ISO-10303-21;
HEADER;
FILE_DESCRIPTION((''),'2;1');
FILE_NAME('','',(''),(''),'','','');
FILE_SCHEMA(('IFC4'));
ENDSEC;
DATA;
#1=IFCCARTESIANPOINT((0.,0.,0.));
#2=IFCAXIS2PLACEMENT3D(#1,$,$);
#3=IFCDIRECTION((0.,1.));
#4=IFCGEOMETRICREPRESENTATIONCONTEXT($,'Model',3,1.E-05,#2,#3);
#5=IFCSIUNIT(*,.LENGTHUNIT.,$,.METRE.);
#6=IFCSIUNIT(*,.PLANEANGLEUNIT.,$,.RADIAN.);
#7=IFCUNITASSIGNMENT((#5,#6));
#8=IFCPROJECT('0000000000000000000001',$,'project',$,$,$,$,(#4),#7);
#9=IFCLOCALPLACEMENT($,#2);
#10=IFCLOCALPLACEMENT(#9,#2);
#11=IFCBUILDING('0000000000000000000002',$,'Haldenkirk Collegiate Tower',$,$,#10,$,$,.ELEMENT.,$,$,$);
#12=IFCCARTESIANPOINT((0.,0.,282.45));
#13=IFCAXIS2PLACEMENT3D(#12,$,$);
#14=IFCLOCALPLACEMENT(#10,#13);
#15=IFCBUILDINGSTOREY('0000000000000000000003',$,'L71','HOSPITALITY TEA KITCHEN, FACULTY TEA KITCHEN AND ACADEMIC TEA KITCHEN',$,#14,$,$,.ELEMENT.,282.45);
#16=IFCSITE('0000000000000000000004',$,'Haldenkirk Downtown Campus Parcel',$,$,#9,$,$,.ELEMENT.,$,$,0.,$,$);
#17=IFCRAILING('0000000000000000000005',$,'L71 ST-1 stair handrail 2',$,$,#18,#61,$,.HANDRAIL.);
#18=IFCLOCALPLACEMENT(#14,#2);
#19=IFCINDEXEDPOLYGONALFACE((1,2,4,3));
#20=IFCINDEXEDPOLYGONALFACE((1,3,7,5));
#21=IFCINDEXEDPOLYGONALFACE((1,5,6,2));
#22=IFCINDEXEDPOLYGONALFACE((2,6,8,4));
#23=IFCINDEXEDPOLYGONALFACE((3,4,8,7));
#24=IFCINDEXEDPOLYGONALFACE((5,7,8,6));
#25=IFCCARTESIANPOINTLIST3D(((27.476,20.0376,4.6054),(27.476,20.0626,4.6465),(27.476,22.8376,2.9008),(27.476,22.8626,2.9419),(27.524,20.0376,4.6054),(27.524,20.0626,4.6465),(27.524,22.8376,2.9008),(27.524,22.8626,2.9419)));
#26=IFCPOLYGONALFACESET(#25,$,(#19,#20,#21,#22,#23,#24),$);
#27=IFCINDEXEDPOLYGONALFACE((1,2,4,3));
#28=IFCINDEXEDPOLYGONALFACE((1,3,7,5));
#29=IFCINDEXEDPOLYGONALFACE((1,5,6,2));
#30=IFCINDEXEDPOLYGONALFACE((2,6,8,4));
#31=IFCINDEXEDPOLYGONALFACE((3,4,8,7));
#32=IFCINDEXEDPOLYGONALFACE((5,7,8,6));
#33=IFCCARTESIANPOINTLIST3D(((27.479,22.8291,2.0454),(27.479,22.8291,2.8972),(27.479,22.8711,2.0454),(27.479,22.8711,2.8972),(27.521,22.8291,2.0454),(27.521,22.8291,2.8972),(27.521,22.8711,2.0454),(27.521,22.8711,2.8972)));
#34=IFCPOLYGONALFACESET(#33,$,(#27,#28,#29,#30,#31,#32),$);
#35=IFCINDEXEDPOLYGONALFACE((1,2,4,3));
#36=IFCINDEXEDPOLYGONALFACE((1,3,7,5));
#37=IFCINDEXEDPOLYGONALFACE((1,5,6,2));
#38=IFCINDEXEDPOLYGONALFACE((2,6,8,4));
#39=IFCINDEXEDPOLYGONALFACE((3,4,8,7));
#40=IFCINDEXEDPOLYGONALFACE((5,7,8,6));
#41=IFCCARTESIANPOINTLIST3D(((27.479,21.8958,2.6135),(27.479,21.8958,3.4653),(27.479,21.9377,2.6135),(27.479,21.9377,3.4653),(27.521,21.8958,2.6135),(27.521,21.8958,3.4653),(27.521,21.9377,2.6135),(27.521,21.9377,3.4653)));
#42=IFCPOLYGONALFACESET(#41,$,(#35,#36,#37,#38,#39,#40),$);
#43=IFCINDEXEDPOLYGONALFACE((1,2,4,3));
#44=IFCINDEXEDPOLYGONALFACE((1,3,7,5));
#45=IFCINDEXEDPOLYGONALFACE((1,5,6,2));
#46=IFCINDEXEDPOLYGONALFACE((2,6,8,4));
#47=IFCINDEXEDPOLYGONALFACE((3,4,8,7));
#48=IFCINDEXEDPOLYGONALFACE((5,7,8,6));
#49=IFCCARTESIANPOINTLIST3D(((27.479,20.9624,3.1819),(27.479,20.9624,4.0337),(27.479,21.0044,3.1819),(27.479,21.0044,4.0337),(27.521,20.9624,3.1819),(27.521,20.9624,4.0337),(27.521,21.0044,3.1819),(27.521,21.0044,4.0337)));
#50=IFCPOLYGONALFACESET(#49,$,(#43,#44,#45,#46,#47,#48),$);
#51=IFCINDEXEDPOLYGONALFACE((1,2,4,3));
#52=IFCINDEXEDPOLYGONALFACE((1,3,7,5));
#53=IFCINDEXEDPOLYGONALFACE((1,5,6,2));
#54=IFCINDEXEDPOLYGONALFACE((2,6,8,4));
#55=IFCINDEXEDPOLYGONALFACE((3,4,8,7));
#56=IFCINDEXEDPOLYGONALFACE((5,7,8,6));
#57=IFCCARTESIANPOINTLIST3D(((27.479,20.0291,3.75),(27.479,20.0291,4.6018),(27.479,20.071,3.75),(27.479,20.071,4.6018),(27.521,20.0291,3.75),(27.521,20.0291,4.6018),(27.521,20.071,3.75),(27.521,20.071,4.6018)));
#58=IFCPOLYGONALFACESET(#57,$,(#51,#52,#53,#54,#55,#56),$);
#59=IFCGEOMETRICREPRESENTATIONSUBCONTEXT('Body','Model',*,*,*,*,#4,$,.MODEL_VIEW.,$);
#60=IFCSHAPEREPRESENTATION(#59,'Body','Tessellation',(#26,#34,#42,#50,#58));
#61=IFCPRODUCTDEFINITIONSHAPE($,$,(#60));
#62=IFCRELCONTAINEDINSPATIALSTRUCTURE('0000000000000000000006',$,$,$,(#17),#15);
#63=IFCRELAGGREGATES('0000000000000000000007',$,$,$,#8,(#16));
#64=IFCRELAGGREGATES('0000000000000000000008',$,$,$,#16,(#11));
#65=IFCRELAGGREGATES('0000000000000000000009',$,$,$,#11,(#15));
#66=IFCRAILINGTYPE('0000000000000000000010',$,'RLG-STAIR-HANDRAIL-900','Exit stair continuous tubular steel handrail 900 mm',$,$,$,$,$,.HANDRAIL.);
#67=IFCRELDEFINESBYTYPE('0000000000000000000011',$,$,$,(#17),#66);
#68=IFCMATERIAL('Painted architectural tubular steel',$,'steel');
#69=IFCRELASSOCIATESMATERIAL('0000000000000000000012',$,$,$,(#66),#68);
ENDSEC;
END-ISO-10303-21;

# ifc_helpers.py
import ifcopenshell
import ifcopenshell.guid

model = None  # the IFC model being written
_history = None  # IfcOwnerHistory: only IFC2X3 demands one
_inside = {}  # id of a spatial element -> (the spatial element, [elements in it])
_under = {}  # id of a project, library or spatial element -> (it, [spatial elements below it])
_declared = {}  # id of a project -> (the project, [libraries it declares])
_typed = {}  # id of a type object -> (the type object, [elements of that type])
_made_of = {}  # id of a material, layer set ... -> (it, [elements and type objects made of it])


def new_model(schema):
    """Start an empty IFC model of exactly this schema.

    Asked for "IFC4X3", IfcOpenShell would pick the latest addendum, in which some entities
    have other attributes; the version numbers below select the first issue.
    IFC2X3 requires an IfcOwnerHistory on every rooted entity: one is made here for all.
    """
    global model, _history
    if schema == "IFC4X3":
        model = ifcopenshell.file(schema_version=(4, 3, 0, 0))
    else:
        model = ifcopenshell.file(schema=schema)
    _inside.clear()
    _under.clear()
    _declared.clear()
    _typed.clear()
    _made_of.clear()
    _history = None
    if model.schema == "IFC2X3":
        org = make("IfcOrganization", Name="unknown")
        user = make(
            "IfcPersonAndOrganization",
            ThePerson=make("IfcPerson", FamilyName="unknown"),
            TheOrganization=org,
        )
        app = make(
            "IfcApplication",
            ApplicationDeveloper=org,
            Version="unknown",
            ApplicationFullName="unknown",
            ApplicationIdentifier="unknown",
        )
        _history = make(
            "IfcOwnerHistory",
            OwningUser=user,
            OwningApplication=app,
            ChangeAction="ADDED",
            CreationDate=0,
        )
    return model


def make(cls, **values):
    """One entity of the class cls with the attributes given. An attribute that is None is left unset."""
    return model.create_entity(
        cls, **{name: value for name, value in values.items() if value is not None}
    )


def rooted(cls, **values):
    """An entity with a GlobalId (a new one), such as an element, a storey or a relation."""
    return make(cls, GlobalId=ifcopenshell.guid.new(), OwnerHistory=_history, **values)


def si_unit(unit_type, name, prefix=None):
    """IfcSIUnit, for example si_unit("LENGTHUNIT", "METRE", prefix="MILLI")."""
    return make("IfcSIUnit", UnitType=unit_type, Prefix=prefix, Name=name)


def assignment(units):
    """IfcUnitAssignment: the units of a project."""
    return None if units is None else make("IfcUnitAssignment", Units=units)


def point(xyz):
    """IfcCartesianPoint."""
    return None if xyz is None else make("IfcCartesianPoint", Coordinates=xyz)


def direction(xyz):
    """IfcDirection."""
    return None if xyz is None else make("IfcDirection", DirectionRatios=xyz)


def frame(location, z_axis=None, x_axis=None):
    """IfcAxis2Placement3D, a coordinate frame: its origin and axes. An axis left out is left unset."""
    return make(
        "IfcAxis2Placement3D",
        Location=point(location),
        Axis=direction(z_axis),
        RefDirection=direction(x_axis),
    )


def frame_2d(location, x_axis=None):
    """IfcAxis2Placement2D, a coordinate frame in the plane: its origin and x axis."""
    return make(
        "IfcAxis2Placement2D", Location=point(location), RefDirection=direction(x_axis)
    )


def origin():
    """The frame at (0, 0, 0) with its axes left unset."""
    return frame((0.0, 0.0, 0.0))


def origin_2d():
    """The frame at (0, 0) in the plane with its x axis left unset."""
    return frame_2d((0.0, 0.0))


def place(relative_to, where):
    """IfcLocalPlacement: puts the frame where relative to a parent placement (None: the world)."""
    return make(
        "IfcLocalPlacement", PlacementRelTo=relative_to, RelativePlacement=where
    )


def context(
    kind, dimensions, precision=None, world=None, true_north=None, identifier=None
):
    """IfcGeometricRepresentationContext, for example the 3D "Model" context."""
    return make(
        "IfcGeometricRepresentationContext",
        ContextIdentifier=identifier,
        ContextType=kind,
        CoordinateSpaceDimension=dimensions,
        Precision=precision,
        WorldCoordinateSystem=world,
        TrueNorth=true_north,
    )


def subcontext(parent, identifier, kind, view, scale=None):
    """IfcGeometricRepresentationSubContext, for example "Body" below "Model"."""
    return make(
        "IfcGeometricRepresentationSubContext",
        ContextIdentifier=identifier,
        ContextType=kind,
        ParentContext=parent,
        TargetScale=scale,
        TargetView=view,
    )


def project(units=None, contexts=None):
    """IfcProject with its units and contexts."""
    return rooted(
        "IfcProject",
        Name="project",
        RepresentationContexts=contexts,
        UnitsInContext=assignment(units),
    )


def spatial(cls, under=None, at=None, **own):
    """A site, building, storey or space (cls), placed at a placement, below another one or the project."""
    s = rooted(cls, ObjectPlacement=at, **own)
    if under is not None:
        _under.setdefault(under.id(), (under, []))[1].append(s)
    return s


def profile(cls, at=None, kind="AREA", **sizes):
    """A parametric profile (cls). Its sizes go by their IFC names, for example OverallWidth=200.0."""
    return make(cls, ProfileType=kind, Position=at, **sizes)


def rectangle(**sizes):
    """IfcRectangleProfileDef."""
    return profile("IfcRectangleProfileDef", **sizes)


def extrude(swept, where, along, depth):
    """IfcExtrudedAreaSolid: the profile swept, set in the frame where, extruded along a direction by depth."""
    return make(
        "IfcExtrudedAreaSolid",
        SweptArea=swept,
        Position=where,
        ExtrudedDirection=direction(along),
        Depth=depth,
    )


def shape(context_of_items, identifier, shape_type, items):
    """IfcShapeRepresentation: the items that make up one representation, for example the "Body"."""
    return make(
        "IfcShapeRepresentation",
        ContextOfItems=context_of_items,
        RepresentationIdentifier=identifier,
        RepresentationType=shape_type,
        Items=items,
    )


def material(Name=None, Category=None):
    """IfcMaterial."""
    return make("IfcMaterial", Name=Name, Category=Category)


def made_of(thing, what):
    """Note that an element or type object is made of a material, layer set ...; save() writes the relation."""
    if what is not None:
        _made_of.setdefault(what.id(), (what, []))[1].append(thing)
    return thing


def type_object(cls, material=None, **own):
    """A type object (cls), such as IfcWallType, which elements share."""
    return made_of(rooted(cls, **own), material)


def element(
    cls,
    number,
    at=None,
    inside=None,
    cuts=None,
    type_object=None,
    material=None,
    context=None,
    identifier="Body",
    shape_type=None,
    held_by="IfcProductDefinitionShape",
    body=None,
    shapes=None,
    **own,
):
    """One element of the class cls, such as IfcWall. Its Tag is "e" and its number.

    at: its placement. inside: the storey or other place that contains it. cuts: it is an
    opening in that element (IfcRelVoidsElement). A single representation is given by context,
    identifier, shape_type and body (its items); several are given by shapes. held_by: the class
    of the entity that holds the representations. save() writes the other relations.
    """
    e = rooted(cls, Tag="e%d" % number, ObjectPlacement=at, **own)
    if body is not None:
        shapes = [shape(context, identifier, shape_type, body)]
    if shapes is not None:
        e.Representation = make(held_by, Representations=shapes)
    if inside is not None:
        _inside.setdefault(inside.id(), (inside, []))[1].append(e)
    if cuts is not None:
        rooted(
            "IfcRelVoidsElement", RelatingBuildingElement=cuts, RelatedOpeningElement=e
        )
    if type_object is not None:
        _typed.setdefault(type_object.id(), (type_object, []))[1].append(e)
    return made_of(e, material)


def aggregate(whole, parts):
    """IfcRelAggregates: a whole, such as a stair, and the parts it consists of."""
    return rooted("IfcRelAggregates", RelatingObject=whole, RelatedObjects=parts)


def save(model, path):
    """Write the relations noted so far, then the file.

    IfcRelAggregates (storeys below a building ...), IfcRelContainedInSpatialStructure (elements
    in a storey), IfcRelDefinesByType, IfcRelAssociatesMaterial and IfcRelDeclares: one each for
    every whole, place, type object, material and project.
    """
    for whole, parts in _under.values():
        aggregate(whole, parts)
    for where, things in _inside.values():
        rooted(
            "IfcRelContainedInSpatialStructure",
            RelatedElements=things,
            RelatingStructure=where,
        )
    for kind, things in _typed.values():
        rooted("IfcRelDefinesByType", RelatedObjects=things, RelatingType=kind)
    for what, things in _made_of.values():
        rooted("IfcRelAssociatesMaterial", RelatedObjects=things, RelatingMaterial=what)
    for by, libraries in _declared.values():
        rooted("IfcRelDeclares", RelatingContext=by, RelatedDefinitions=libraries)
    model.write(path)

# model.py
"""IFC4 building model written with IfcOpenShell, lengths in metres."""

from ifc_helpers import new_model, si_unit, direction, frame, origin, origin_2d, place, context, subcontext, project, spatial, rectangle, extrude, material, type_object, element, save


model = new_model("IFC4")

# Units and contexts
model_context = context("Model", 3, precision=1e-05, world=origin(), true_north=direction((0.0, 1.0)))
body_context = subcontext(model_context, "Body", "Model", "MODEL_VIEW")
ifc_project = project(units=[si_unit("LENGTHUNIT", "METRE"), si_unit("PLANEANGLEUNIT", "RADIAN")], contexts=[model_context])

# Site, building, storey
site_placement = place(None, origin())
site = spatial("IfcSite", under=ifc_project, at=site_placement, Name="Haldenkirk Downtown Campus Parcel", CompositionType="ELEMENT", RefElevation=0.0)
building_placement = place(site_placement, origin())
building = spatial("IfcBuilding", under=site, at=building_placement, Name="Haldenkirk Collegiate Tower", CompositionType="ELEMENT")
storey_placement = place(building_placement, frame((0.0, 0.0, 282.45)))
storey = spatial("IfcBuildingStorey", under=building, at=storey_placement, Name="L71", Description="HOSPITALITY TEA KITCHEN, FACULTY TEA KITCHEN AND ACADEMIC TEA KITCHEN", CompositionType="ELEMENT", Elevation=282.45)

# Railing
ifc_material_1 = material(Name="Painted architectural tubular steel", Category="steel")
railing_type_1 = type_object("IfcRailingType", Name="RLG-STAIR-HANDRAIL-900", Description="Exit stair continuous tubular steel handrail 900 mm", PredefinedType="HANDRAIL", material=ifc_material_1)
railing_1_placement = place(storey_placement, frame((27.5, 22.8501, 2.0454)))
element("IfcRailing", 1, at=railing_1_placement, inside=storey, type_object=railing_type_1, Name="L71 ST-1 stair handrail 2", PredefinedType="HANDRAIL", context=body_context, shape_type="SweptSolid", body=[
    extrude(rectangle(XDim=0.0481, YDim=0.0481, at=origin_2d()), frame((0.0, 0.0, 0.876), z_axis=(0.0, -0.85417, 0.519994), x_axis=(1.0, 0.0, 0.0)), (0.0, 0.0, 1.0), 3.2781),
    extrude(rectangle(XDim=0.042, YDim=0.042, at=origin_2d()), origin(), (0.0, 0.0, 1.0), 0.8518),
    extrude(rectangle(XDim=0.042, YDim=0.042, at=origin_2d()), frame((0.0, -0.9333, 0.5681)), (0.0, 0.0, 1.0), 0.8518),
    extrude(rectangle(XDim=0.042, YDim=0.042, at=origin_2d()), frame((0.0, -1.8667, 1.1365)), (0.0, 0.0, 1.0), 0.8518),
    extrude(rectangle(XDim=0.042, YDim=0.042, at=origin_2d()), frame((0.0, -2.8, 1.7046)), (0.0, 0.0, 1.0), 0.8518),
])

save(model, "model.ifc")
